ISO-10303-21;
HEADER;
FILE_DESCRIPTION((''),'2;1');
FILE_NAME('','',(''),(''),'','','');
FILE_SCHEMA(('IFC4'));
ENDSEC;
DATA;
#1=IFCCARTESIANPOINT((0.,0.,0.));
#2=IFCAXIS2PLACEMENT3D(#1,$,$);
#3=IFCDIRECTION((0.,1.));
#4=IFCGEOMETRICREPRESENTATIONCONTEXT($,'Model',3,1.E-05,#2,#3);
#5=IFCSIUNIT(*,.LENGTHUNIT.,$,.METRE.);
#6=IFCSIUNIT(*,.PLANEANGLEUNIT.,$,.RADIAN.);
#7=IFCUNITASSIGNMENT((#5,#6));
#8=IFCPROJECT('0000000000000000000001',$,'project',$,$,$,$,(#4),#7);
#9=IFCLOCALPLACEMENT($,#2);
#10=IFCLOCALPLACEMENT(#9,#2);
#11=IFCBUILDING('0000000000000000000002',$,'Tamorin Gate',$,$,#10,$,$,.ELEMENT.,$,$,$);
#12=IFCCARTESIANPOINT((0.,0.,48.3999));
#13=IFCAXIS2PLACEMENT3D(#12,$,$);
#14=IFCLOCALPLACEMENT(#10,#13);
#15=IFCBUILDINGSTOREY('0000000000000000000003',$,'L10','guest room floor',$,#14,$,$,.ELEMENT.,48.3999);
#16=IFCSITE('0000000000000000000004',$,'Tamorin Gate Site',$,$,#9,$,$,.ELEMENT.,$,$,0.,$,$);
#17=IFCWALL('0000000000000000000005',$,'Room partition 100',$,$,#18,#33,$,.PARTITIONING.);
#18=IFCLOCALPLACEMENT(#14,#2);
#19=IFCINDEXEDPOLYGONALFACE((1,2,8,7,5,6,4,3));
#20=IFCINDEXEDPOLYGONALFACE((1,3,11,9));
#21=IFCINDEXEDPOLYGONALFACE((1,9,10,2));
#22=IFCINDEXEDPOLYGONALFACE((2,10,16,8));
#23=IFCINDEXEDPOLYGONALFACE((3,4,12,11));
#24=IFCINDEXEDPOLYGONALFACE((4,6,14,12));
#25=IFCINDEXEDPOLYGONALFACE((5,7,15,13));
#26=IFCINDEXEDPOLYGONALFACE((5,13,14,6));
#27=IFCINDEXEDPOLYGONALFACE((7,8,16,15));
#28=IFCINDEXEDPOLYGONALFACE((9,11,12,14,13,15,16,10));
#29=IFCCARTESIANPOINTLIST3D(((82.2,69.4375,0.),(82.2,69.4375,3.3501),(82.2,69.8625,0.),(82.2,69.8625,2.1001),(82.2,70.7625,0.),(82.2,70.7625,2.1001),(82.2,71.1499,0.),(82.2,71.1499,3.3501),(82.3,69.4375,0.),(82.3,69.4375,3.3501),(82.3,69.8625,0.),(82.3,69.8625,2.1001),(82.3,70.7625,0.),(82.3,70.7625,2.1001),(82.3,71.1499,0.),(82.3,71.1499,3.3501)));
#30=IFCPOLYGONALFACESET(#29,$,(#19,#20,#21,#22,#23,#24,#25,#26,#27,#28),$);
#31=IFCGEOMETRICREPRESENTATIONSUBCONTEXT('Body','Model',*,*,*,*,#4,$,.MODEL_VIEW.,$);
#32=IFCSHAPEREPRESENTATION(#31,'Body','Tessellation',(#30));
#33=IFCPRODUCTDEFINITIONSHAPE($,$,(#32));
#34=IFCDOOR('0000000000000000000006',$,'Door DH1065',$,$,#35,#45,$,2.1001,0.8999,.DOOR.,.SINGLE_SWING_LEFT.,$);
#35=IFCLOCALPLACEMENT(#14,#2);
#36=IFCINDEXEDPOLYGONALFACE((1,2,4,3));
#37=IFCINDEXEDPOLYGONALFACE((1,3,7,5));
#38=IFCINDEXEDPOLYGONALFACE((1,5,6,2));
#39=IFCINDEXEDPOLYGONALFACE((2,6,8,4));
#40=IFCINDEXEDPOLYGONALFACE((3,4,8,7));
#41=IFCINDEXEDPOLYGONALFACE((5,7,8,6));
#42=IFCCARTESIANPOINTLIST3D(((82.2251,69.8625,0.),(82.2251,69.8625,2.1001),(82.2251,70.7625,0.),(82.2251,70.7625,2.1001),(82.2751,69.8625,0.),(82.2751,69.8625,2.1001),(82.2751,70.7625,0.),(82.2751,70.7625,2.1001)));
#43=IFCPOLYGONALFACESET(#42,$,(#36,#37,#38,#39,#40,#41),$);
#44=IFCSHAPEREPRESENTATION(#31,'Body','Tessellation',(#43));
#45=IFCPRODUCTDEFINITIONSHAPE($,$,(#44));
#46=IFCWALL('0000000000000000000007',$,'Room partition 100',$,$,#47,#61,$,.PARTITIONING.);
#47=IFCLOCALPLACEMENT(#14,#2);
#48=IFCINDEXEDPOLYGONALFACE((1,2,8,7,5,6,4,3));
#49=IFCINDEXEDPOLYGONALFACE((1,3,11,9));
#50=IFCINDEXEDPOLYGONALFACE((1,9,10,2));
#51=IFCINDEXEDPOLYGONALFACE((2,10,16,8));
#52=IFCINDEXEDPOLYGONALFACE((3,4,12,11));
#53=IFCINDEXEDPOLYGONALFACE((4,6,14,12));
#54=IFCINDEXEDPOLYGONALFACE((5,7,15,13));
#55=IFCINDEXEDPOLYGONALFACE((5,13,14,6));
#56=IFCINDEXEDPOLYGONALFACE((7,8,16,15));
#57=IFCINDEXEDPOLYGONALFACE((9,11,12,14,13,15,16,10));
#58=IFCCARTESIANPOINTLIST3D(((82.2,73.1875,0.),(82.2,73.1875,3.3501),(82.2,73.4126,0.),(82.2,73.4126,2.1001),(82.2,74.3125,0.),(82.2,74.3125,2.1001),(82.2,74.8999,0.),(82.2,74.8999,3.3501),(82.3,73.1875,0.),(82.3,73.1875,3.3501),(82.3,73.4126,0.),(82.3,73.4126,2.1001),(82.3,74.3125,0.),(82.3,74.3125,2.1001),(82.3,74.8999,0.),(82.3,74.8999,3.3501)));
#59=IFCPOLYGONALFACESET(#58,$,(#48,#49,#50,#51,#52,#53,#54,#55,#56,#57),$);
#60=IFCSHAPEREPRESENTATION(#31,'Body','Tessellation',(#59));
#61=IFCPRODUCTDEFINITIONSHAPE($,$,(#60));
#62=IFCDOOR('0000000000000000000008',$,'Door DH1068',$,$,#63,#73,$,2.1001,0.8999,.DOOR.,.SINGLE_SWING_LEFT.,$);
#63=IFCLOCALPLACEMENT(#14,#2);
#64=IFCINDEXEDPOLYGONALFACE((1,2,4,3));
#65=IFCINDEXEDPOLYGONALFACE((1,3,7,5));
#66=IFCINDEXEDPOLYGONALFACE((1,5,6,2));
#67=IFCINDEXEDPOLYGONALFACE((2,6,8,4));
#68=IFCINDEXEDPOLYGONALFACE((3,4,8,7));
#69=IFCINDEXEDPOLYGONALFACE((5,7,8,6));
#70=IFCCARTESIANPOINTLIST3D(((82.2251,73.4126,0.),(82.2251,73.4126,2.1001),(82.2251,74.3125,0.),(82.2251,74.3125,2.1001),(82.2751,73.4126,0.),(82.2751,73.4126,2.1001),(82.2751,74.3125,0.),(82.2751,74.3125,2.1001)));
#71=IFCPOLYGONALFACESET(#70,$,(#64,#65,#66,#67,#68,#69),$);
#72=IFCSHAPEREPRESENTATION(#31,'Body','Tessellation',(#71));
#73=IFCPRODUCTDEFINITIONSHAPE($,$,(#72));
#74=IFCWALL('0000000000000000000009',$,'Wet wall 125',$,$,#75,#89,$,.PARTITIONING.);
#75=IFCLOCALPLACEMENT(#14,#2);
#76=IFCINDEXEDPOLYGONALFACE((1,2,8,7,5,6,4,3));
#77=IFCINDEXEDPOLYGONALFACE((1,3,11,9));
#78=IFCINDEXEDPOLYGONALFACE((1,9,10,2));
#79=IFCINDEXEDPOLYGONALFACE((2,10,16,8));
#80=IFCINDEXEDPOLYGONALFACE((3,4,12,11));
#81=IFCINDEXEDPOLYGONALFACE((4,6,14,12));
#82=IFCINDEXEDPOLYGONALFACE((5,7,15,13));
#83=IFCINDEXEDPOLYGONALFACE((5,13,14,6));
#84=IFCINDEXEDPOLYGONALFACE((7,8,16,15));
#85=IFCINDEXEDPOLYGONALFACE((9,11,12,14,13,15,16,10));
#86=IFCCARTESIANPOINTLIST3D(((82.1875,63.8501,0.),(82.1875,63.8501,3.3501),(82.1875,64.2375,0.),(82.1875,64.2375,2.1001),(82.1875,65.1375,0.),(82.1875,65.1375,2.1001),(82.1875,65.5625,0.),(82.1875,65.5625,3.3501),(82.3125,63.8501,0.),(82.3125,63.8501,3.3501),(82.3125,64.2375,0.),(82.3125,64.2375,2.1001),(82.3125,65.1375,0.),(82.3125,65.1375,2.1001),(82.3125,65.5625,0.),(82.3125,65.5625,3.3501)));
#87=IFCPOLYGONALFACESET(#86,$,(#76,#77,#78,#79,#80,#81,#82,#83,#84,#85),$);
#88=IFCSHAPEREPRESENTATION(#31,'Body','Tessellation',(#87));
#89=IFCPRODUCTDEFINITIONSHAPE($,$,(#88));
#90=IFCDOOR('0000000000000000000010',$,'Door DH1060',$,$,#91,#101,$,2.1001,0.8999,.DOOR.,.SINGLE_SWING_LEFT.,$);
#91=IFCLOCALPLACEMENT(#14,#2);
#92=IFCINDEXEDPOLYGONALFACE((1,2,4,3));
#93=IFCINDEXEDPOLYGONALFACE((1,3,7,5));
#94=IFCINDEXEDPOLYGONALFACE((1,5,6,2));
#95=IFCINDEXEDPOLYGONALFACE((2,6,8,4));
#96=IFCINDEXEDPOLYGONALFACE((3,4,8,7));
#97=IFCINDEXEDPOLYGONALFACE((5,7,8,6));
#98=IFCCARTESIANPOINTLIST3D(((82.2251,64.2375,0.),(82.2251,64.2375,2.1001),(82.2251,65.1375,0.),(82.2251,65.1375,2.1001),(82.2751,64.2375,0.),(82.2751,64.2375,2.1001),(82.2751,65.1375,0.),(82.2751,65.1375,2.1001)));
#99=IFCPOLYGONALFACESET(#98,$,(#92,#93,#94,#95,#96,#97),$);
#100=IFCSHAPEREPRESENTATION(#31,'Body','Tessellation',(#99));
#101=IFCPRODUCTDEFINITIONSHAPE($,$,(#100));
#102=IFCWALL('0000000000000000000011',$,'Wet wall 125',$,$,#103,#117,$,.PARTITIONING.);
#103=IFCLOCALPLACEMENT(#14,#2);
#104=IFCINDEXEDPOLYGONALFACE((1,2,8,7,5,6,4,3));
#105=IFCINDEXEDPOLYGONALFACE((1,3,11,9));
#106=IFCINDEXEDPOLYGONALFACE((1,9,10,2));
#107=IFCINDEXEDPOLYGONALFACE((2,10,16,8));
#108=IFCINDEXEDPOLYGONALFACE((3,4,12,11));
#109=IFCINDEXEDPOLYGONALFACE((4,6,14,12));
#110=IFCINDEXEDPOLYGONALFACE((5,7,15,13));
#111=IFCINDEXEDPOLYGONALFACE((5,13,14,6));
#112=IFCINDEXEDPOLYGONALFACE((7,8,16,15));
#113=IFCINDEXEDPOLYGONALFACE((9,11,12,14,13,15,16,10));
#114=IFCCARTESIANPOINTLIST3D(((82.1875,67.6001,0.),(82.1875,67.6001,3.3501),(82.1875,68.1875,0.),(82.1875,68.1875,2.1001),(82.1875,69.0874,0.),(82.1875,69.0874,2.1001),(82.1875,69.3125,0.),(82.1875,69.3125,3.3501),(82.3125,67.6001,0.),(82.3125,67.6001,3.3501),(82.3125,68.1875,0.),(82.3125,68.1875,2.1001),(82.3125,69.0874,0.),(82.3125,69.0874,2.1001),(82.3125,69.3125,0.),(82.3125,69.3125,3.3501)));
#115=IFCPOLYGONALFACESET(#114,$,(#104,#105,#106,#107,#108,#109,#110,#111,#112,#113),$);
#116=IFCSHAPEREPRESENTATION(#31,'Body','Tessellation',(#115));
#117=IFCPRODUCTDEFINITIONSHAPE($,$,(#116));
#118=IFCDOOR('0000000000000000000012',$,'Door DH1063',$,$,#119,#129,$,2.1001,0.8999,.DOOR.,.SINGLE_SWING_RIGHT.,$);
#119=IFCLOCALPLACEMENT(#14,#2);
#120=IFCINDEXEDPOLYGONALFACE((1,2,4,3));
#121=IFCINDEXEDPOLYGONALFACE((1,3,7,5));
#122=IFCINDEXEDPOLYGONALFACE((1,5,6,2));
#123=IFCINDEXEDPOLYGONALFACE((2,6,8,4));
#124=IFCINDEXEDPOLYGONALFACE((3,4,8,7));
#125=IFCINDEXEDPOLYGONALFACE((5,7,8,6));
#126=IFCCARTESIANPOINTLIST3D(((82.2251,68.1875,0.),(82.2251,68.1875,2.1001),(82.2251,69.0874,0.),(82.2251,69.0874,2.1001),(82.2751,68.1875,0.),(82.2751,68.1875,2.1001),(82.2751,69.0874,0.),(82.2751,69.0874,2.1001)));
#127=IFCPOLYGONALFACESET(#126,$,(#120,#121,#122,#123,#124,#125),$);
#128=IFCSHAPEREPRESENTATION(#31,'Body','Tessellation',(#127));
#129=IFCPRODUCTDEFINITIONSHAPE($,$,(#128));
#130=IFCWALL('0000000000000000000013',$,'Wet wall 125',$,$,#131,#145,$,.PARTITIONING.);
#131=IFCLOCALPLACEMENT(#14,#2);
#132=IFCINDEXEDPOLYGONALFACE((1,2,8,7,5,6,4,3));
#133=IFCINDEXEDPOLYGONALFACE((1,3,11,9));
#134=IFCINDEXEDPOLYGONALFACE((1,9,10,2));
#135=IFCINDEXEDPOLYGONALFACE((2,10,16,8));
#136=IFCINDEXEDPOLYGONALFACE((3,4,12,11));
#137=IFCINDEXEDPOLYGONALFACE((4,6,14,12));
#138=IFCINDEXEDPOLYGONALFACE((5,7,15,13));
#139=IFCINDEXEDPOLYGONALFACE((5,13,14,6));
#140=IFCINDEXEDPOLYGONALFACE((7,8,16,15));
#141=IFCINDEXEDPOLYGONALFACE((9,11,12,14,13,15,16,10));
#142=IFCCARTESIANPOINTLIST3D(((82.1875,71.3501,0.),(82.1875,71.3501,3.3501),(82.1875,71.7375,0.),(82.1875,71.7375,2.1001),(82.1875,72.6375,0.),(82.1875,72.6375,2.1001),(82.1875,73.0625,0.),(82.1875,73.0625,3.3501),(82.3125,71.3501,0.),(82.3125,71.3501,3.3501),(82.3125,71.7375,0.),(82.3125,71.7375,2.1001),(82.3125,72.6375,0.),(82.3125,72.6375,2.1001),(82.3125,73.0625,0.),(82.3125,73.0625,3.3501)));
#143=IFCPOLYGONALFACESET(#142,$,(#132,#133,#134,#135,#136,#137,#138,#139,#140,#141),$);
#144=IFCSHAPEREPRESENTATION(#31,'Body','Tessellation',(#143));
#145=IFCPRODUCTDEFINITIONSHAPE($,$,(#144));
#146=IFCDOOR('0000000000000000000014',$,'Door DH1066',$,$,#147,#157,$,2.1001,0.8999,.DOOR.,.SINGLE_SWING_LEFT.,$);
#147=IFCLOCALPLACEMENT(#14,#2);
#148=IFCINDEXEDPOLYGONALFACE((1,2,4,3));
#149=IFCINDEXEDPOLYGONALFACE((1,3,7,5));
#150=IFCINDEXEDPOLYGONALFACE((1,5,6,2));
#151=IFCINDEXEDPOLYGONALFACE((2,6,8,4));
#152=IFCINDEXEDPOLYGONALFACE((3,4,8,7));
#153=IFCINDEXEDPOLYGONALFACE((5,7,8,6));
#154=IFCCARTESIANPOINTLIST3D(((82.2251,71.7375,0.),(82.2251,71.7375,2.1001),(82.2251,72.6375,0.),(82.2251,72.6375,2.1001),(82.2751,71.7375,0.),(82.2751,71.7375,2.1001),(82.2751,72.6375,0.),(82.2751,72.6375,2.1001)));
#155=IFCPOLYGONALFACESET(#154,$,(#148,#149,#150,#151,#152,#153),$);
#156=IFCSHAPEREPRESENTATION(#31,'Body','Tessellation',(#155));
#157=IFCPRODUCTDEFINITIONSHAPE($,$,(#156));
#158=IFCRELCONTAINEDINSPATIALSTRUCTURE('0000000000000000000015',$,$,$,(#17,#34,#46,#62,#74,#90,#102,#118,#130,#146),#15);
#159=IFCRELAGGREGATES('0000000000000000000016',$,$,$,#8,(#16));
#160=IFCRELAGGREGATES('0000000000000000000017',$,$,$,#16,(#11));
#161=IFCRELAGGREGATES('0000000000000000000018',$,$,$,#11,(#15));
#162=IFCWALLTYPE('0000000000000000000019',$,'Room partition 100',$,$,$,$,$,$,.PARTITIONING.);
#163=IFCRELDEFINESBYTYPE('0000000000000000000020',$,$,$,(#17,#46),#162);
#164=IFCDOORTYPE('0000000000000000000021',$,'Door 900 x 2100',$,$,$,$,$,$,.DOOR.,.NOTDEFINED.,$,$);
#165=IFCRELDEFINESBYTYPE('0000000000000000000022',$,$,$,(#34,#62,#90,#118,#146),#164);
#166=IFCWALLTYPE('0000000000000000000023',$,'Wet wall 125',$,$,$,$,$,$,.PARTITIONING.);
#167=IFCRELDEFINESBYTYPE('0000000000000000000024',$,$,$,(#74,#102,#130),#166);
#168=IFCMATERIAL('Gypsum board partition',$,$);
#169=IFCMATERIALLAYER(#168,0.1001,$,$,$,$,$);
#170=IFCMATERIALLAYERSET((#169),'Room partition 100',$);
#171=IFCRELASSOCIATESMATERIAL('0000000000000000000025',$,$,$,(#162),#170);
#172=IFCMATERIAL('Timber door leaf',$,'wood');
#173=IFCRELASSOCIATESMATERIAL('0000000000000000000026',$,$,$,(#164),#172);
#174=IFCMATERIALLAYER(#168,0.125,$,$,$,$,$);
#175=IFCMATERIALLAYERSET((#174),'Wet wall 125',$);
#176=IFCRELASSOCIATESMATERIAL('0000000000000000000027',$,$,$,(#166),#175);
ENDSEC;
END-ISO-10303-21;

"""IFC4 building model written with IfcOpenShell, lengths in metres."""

from ifc_helpers import new_model, si_unit, direction, frame, frame_2d, origin, place, context, subcontext, project, spatial, rectangle, extrude, material, layer, layer_set, type_object, element, fill, save


model = new_model("IFC4")

# Units and contexts
model_context = context("Model", 3, precision=1e-05, world=origin(), true_north=direction((0.0, 1.0)))
body_context = subcontext(model_context, "Body", "Model", "MODEL_VIEW")
ifc_project = project(units=[si_unit("LENGTHUNIT", "METRE"), si_unit("PLANEANGLEUNIT", "RADIAN")], contexts=[model_context])

# Site, building, storey
site_placement = place(None, origin())
site = spatial("IfcSite", under=ifc_project, at=site_placement, Name="Tamorin Gate Site", CompositionType="ELEMENT", RefElevation=0.0)
building_placement = place(site_placement, origin())
building = spatial("IfcBuilding", under=site, at=building_placement, Name="Tamorin Gate", CompositionType="ELEMENT")
storey_placement = place(building_placement, frame((0.0, 0.0, 48.3999)))
storey = spatial("IfcBuildingStorey", under=building, at=storey_placement, Name="L10", Description="guest room floor", CompositionType="ELEMENT", Elevation=48.3999)

# Walls, openings, doors
ifc_material_1 = material(Name="Gypsum board partition")
ifc_layer_1 = layer(ifc_material_1, 0.1001)
ifc_layer_set_1 = layer_set([ifc_layer_1], Name="Room partition 100")
wall_type_1 = type_object("IfcWallType", Name="Room partition 100", PredefinedType="PARTITIONING", material=ifc_layer_set_1)
ifc_material_2 = material(Name="Timber door leaf", Category="wood")
door_type = type_object("IfcDoorType", Name="Door 900 x 2100", OperationType="NOTDEFINED", PredefinedType="DOOR", material=ifc_material_2)
wall_1_placement = place(storey_placement, frame((82.25, 69.4375, 0.0), z_axis=(0.0, 0.0, 1.0), x_axis=(0.0, 1.0, 0.0)))
wall_1 = element("IfcWall", 1, at=wall_1_placement, inside=storey, type_object=wall_type_1, Name="Room partition 100", PredefinedType="PARTITIONING", context=body_context, shape_type="SweptSolid", body=[
    extrude(rectangle(XDim=1.7124, YDim=0.1001, at=frame_2d((0.8562, 0.0))), origin(), (0.0, 0.0, 1.0), 3.3501),
])
opening_1_placement = place(wall_1_placement, frame((0.425, 0.0, 0.0)))
opening_1 = element("IfcOpeningElement", 2, at=opening_1_placement, cuts=wall_1, PredefinedType="OPENING", context=body_context, shape_type="SweptSolid", body=[
    extrude(rectangle(XDim=0.8999, YDim=2.1001, at=frame_2d((0.45, 1.05))), frame((0.0, 0.0601, 0.0), z_axis=(0.0, -1.0, 0.0), x_axis=(1.0, 0.0, 0.0)), (0.0, 0.0, 1.0), 0.1201),
])
door_1_placement = place(opening_1_placement, origin())
door_1 = element("IfcDoor", 3, at=door_1_placement, inside=storey, type_object=door_type, Name="Door DH1065", OperationType="SINGLE_SWING_LEFT", OverallHeight=2.1001, OverallWidth=0.8999, PredefinedType="DOOR", context=body_context, shape_type="SweptSolid", body=[
    extrude(rectangle(XDim=0.8999, YDim=2.1001, at=frame_2d((0.45, 1.05))), frame((0.0, 0.0249, 0.0), z_axis=(0.0, -1.0, 0.0), x_axis=(1.0, 0.0, 0.0)), (0.0, 0.0, 1.0), 0.05),
])
fill(opening_1, door_1)
wall_2_placement = place(storey_placement, frame((82.25, 73.1875, 0.0), z_axis=(0.0, 0.0, 1.0), x_axis=(0.0, 1.0, 0.0)))
wall_2 = element("IfcWall", 4, at=wall_2_placement, inside=storey, type_object=wall_type_1, Name="Room partition 100", PredefinedType="PARTITIONING", context=body_context, shape_type="SweptSolid", body=[
    extrude(rectangle(XDim=1.7124, YDim=0.1001, at=frame_2d((0.8562, 0.0))), origin(), (0.0, 0.0, 1.0), 3.3501),
])
opening_2_placement = place(wall_2_placement, frame((0.2251, 0.0, 0.0)))
opening_2 = element("IfcOpeningElement", 5, at=opening_2_placement, cuts=wall_2, PredefinedType="OPENING", context=body_context, shape_type="SweptSolid", body=[
    extrude(rectangle(XDim=0.8999, YDim=2.1001, at=frame_2d((0.45, 1.05))), frame((0.0, 0.0601, 0.0), z_axis=(0.0, -1.0, 0.0), x_axis=(1.0, 0.0, 0.0)), (0.0, 0.0, 1.0), 0.1201),
])
door_2_placement = place(opening_2_placement, origin())
door_2 = element("IfcDoor", 6, at=door_2_placement, inside=storey, type_object=door_type, Name="Door DH1068", OperationType="SINGLE_SWING_LEFT", OverallHeight=2.1001, OverallWidth=0.8999, PredefinedType="DOOR", context=body_context, shape_type="SweptSolid", body=[
    extrude(rectangle(XDim=0.8999, YDim=2.1001, at=frame_2d((0.45, 1.05))), frame((0.0, 0.0249, 0.0), z_axis=(0.0, -1.0, 0.0), x_axis=(1.0, 0.0, 0.0)), (0.0, 0.0, 1.0), 0.05),
])
fill(opening_2, door_2)
ifc_layer_2 = layer(ifc_material_1, 0.125)
ifc_layer_set_2 = layer_set([ifc_layer_2], Name="Wet wall 125")
wall_type_2 = type_object("IfcWallType", Name="Wet wall 125", PredefinedType="PARTITIONING", material=ifc_layer_set_2)
wall_3_placement = place(storey_placement, frame((82.25, 63.8501, 0.0), z_axis=(0.0, 0.0, 1.0), x_axis=(0.0, 1.0, 0.0)))
wall_3 = element("IfcWall", 7, at=wall_3_placement, inside=storey, type_object=wall_type_2, Name="Wet wall 125", PredefinedType="PARTITIONING", context=body_context, shape_type="SweptSolid", body=[
    extrude(rectangle(XDim=1.7124, YDim=0.125, at=frame_2d((0.8562, 0.0))), origin(), (0.0, 0.0, 1.0), 3.3501),
])
opening_3_placement = place(wall_3_placement, frame((0.3875, 0.0, 0.0)))
opening_3 = element("IfcOpeningElement", 8, at=opening_3_placement, cuts=wall_3, PredefinedType="OPENING", context=body_context, shape_type="SweptSolid", body=[
    extrude(rectangle(XDim=0.8999, YDim=2.1001, at=frame_2d((0.45, 1.05))), frame((0.0, 0.0725, 0.0), z_axis=(0.0, -1.0, 0.0), x_axis=(1.0, 0.0, 0.0)), (0.0, 0.0, 1.0), 0.145),
])
door_3_placement = place(opening_3_placement, origin())
door_3 = element("IfcDoor", 9, at=door_3_placement, inside=storey, type_object=door_type, Name="Door DH1060", OperationType="SINGLE_SWING_LEFT", OverallHeight=2.1001, OverallWidth=0.8999, PredefinedType="DOOR", context=body_context, shape_type="SweptSolid", body=[
    extrude(rectangle(XDim=0.8999, YDim=2.1001, at=frame_2d((0.45, 1.05))), frame((0.0, 0.0249, 0.0), z_axis=(0.0, -1.0, 0.0), x_axis=(1.0, 0.0, 0.0)), (0.0, 0.0, 1.0), 0.05),
])
fill(opening_3, door_3)
wall_4_placement = place(storey_placement, frame((82.25, 67.6001, 0.0), z_axis=(0.0, 0.0, 1.0), x_axis=(0.0, 1.0, 0.0)))
wall_4 = element("IfcWall", 10, at=wall_4_placement, inside=storey, type_object=wall_type_2, Name="Wet wall 125", PredefinedType="PARTITIONING", context=body_context, shape_type="SweptSolid", body=[
    extrude(rectangle(XDim=1.7124, YDim=0.125, at=frame_2d((0.8562, 0.0))), origin(), (0.0, 0.0, 1.0), 3.3501),
])
opening_4_placement = place(wall_4_placement, frame((0.5874, 0.0, 0.0)))
opening_4 = element("IfcOpeningElement", 11, at=opening_4_placement, cuts=wall_4, PredefinedType="OPENING", context=body_context, shape_type="SweptSolid", body=[
    extrude(rectangle(XDim=0.8999, YDim=2.1001, at=frame_2d((0.45, 1.05))), frame((0.0, 0.0725, 0.0), z_axis=(0.0, -1.0, 0.0), x_axis=(1.0, 0.0, 0.0)), (0.0, 0.0, 1.0), 0.145),
])
door_4_placement = place(opening_4_placement, origin())
door_4 = element("IfcDoor", 12, at=door_4_placement, inside=storey, type_object=door_type, Name="Door DH1063", OperationType="SINGLE_SWING_RIGHT", OverallHeight=2.1001, OverallWidth=0.8999, PredefinedType="DOOR", context=body_context, shape_type="SweptSolid", body=[
    extrude(rectangle(XDim=0.8999, YDim=2.1001, at=frame_2d((0.45, 1.05))), frame((0.0, 0.0249, 0.0), z_axis=(0.0, -1.0, 0.0), x_axis=(1.0, 0.0, 0.0)), (0.0, 0.0, 1.0), 0.05),
])
fill(opening_4, door_4)
wall_5_placement = place(storey_placement, frame((82.25, 71.3501, 0.0), z_axis=(0.0, 0.0, 1.0), x_axis=(0.0, 1.0, 0.0)))
wall_5 = element("IfcWall", 13, at=wall_5_placement, inside=storey, type_object=wall_type_2, Name="Wet wall 125", PredefinedType="PARTITIONING", context=body_context, shape_type="SweptSolid", body=[
    extrude(rectangle(XDim=1.7124, YDim=0.125, at=frame_2d((0.8562, 0.0))), origin(), (0.0, 0.0, 1.0), 3.3501),
])
opening_5_placement = place(wall_5_placement, frame((0.3875, 0.0, 0.0)))
opening_5 = element("IfcOpeningElement", 14, at=opening_5_placement, cuts=wall_5, PredefinedType="OPENING", context=body_context, shape_type="SweptSolid", body=[
    extrude(rectangle(XDim=0.8999, YDim=2.1001, at=frame_2d((0.45, 1.05))), frame((0.0, 0.0725, 0.0), z_axis=(0.0, -1.0, 0.0), x_axis=(1.0, 0.0, 0.0)), (0.0, 0.0, 1.0), 0.145),
])
door_5_placement = place(opening_5_placement, origin())
door_5 = element("IfcDoor", 15, at=door_5_placement, inside=storey, type_object=door_type, Name="Door DH1066", OperationType="SINGLE_SWING_LEFT", OverallHeight=2.1001, OverallWidth=0.8999, PredefinedType="DOOR", context=body_context, shape_type="SweptSolid", body=[
    extrude(rectangle(XDim=0.8999, YDim=2.1001, at=frame_2d((0.45, 1.05))), frame((0.0, 0.0249, 0.0), z_axis=(0.0, -1.0, 0.0), x_axis=(1.0, 0.0, 0.0)), (0.0, 0.0, 1.0), 0.05),
])
fill(opening_5, door_5)

save(model, "model.ifc")
